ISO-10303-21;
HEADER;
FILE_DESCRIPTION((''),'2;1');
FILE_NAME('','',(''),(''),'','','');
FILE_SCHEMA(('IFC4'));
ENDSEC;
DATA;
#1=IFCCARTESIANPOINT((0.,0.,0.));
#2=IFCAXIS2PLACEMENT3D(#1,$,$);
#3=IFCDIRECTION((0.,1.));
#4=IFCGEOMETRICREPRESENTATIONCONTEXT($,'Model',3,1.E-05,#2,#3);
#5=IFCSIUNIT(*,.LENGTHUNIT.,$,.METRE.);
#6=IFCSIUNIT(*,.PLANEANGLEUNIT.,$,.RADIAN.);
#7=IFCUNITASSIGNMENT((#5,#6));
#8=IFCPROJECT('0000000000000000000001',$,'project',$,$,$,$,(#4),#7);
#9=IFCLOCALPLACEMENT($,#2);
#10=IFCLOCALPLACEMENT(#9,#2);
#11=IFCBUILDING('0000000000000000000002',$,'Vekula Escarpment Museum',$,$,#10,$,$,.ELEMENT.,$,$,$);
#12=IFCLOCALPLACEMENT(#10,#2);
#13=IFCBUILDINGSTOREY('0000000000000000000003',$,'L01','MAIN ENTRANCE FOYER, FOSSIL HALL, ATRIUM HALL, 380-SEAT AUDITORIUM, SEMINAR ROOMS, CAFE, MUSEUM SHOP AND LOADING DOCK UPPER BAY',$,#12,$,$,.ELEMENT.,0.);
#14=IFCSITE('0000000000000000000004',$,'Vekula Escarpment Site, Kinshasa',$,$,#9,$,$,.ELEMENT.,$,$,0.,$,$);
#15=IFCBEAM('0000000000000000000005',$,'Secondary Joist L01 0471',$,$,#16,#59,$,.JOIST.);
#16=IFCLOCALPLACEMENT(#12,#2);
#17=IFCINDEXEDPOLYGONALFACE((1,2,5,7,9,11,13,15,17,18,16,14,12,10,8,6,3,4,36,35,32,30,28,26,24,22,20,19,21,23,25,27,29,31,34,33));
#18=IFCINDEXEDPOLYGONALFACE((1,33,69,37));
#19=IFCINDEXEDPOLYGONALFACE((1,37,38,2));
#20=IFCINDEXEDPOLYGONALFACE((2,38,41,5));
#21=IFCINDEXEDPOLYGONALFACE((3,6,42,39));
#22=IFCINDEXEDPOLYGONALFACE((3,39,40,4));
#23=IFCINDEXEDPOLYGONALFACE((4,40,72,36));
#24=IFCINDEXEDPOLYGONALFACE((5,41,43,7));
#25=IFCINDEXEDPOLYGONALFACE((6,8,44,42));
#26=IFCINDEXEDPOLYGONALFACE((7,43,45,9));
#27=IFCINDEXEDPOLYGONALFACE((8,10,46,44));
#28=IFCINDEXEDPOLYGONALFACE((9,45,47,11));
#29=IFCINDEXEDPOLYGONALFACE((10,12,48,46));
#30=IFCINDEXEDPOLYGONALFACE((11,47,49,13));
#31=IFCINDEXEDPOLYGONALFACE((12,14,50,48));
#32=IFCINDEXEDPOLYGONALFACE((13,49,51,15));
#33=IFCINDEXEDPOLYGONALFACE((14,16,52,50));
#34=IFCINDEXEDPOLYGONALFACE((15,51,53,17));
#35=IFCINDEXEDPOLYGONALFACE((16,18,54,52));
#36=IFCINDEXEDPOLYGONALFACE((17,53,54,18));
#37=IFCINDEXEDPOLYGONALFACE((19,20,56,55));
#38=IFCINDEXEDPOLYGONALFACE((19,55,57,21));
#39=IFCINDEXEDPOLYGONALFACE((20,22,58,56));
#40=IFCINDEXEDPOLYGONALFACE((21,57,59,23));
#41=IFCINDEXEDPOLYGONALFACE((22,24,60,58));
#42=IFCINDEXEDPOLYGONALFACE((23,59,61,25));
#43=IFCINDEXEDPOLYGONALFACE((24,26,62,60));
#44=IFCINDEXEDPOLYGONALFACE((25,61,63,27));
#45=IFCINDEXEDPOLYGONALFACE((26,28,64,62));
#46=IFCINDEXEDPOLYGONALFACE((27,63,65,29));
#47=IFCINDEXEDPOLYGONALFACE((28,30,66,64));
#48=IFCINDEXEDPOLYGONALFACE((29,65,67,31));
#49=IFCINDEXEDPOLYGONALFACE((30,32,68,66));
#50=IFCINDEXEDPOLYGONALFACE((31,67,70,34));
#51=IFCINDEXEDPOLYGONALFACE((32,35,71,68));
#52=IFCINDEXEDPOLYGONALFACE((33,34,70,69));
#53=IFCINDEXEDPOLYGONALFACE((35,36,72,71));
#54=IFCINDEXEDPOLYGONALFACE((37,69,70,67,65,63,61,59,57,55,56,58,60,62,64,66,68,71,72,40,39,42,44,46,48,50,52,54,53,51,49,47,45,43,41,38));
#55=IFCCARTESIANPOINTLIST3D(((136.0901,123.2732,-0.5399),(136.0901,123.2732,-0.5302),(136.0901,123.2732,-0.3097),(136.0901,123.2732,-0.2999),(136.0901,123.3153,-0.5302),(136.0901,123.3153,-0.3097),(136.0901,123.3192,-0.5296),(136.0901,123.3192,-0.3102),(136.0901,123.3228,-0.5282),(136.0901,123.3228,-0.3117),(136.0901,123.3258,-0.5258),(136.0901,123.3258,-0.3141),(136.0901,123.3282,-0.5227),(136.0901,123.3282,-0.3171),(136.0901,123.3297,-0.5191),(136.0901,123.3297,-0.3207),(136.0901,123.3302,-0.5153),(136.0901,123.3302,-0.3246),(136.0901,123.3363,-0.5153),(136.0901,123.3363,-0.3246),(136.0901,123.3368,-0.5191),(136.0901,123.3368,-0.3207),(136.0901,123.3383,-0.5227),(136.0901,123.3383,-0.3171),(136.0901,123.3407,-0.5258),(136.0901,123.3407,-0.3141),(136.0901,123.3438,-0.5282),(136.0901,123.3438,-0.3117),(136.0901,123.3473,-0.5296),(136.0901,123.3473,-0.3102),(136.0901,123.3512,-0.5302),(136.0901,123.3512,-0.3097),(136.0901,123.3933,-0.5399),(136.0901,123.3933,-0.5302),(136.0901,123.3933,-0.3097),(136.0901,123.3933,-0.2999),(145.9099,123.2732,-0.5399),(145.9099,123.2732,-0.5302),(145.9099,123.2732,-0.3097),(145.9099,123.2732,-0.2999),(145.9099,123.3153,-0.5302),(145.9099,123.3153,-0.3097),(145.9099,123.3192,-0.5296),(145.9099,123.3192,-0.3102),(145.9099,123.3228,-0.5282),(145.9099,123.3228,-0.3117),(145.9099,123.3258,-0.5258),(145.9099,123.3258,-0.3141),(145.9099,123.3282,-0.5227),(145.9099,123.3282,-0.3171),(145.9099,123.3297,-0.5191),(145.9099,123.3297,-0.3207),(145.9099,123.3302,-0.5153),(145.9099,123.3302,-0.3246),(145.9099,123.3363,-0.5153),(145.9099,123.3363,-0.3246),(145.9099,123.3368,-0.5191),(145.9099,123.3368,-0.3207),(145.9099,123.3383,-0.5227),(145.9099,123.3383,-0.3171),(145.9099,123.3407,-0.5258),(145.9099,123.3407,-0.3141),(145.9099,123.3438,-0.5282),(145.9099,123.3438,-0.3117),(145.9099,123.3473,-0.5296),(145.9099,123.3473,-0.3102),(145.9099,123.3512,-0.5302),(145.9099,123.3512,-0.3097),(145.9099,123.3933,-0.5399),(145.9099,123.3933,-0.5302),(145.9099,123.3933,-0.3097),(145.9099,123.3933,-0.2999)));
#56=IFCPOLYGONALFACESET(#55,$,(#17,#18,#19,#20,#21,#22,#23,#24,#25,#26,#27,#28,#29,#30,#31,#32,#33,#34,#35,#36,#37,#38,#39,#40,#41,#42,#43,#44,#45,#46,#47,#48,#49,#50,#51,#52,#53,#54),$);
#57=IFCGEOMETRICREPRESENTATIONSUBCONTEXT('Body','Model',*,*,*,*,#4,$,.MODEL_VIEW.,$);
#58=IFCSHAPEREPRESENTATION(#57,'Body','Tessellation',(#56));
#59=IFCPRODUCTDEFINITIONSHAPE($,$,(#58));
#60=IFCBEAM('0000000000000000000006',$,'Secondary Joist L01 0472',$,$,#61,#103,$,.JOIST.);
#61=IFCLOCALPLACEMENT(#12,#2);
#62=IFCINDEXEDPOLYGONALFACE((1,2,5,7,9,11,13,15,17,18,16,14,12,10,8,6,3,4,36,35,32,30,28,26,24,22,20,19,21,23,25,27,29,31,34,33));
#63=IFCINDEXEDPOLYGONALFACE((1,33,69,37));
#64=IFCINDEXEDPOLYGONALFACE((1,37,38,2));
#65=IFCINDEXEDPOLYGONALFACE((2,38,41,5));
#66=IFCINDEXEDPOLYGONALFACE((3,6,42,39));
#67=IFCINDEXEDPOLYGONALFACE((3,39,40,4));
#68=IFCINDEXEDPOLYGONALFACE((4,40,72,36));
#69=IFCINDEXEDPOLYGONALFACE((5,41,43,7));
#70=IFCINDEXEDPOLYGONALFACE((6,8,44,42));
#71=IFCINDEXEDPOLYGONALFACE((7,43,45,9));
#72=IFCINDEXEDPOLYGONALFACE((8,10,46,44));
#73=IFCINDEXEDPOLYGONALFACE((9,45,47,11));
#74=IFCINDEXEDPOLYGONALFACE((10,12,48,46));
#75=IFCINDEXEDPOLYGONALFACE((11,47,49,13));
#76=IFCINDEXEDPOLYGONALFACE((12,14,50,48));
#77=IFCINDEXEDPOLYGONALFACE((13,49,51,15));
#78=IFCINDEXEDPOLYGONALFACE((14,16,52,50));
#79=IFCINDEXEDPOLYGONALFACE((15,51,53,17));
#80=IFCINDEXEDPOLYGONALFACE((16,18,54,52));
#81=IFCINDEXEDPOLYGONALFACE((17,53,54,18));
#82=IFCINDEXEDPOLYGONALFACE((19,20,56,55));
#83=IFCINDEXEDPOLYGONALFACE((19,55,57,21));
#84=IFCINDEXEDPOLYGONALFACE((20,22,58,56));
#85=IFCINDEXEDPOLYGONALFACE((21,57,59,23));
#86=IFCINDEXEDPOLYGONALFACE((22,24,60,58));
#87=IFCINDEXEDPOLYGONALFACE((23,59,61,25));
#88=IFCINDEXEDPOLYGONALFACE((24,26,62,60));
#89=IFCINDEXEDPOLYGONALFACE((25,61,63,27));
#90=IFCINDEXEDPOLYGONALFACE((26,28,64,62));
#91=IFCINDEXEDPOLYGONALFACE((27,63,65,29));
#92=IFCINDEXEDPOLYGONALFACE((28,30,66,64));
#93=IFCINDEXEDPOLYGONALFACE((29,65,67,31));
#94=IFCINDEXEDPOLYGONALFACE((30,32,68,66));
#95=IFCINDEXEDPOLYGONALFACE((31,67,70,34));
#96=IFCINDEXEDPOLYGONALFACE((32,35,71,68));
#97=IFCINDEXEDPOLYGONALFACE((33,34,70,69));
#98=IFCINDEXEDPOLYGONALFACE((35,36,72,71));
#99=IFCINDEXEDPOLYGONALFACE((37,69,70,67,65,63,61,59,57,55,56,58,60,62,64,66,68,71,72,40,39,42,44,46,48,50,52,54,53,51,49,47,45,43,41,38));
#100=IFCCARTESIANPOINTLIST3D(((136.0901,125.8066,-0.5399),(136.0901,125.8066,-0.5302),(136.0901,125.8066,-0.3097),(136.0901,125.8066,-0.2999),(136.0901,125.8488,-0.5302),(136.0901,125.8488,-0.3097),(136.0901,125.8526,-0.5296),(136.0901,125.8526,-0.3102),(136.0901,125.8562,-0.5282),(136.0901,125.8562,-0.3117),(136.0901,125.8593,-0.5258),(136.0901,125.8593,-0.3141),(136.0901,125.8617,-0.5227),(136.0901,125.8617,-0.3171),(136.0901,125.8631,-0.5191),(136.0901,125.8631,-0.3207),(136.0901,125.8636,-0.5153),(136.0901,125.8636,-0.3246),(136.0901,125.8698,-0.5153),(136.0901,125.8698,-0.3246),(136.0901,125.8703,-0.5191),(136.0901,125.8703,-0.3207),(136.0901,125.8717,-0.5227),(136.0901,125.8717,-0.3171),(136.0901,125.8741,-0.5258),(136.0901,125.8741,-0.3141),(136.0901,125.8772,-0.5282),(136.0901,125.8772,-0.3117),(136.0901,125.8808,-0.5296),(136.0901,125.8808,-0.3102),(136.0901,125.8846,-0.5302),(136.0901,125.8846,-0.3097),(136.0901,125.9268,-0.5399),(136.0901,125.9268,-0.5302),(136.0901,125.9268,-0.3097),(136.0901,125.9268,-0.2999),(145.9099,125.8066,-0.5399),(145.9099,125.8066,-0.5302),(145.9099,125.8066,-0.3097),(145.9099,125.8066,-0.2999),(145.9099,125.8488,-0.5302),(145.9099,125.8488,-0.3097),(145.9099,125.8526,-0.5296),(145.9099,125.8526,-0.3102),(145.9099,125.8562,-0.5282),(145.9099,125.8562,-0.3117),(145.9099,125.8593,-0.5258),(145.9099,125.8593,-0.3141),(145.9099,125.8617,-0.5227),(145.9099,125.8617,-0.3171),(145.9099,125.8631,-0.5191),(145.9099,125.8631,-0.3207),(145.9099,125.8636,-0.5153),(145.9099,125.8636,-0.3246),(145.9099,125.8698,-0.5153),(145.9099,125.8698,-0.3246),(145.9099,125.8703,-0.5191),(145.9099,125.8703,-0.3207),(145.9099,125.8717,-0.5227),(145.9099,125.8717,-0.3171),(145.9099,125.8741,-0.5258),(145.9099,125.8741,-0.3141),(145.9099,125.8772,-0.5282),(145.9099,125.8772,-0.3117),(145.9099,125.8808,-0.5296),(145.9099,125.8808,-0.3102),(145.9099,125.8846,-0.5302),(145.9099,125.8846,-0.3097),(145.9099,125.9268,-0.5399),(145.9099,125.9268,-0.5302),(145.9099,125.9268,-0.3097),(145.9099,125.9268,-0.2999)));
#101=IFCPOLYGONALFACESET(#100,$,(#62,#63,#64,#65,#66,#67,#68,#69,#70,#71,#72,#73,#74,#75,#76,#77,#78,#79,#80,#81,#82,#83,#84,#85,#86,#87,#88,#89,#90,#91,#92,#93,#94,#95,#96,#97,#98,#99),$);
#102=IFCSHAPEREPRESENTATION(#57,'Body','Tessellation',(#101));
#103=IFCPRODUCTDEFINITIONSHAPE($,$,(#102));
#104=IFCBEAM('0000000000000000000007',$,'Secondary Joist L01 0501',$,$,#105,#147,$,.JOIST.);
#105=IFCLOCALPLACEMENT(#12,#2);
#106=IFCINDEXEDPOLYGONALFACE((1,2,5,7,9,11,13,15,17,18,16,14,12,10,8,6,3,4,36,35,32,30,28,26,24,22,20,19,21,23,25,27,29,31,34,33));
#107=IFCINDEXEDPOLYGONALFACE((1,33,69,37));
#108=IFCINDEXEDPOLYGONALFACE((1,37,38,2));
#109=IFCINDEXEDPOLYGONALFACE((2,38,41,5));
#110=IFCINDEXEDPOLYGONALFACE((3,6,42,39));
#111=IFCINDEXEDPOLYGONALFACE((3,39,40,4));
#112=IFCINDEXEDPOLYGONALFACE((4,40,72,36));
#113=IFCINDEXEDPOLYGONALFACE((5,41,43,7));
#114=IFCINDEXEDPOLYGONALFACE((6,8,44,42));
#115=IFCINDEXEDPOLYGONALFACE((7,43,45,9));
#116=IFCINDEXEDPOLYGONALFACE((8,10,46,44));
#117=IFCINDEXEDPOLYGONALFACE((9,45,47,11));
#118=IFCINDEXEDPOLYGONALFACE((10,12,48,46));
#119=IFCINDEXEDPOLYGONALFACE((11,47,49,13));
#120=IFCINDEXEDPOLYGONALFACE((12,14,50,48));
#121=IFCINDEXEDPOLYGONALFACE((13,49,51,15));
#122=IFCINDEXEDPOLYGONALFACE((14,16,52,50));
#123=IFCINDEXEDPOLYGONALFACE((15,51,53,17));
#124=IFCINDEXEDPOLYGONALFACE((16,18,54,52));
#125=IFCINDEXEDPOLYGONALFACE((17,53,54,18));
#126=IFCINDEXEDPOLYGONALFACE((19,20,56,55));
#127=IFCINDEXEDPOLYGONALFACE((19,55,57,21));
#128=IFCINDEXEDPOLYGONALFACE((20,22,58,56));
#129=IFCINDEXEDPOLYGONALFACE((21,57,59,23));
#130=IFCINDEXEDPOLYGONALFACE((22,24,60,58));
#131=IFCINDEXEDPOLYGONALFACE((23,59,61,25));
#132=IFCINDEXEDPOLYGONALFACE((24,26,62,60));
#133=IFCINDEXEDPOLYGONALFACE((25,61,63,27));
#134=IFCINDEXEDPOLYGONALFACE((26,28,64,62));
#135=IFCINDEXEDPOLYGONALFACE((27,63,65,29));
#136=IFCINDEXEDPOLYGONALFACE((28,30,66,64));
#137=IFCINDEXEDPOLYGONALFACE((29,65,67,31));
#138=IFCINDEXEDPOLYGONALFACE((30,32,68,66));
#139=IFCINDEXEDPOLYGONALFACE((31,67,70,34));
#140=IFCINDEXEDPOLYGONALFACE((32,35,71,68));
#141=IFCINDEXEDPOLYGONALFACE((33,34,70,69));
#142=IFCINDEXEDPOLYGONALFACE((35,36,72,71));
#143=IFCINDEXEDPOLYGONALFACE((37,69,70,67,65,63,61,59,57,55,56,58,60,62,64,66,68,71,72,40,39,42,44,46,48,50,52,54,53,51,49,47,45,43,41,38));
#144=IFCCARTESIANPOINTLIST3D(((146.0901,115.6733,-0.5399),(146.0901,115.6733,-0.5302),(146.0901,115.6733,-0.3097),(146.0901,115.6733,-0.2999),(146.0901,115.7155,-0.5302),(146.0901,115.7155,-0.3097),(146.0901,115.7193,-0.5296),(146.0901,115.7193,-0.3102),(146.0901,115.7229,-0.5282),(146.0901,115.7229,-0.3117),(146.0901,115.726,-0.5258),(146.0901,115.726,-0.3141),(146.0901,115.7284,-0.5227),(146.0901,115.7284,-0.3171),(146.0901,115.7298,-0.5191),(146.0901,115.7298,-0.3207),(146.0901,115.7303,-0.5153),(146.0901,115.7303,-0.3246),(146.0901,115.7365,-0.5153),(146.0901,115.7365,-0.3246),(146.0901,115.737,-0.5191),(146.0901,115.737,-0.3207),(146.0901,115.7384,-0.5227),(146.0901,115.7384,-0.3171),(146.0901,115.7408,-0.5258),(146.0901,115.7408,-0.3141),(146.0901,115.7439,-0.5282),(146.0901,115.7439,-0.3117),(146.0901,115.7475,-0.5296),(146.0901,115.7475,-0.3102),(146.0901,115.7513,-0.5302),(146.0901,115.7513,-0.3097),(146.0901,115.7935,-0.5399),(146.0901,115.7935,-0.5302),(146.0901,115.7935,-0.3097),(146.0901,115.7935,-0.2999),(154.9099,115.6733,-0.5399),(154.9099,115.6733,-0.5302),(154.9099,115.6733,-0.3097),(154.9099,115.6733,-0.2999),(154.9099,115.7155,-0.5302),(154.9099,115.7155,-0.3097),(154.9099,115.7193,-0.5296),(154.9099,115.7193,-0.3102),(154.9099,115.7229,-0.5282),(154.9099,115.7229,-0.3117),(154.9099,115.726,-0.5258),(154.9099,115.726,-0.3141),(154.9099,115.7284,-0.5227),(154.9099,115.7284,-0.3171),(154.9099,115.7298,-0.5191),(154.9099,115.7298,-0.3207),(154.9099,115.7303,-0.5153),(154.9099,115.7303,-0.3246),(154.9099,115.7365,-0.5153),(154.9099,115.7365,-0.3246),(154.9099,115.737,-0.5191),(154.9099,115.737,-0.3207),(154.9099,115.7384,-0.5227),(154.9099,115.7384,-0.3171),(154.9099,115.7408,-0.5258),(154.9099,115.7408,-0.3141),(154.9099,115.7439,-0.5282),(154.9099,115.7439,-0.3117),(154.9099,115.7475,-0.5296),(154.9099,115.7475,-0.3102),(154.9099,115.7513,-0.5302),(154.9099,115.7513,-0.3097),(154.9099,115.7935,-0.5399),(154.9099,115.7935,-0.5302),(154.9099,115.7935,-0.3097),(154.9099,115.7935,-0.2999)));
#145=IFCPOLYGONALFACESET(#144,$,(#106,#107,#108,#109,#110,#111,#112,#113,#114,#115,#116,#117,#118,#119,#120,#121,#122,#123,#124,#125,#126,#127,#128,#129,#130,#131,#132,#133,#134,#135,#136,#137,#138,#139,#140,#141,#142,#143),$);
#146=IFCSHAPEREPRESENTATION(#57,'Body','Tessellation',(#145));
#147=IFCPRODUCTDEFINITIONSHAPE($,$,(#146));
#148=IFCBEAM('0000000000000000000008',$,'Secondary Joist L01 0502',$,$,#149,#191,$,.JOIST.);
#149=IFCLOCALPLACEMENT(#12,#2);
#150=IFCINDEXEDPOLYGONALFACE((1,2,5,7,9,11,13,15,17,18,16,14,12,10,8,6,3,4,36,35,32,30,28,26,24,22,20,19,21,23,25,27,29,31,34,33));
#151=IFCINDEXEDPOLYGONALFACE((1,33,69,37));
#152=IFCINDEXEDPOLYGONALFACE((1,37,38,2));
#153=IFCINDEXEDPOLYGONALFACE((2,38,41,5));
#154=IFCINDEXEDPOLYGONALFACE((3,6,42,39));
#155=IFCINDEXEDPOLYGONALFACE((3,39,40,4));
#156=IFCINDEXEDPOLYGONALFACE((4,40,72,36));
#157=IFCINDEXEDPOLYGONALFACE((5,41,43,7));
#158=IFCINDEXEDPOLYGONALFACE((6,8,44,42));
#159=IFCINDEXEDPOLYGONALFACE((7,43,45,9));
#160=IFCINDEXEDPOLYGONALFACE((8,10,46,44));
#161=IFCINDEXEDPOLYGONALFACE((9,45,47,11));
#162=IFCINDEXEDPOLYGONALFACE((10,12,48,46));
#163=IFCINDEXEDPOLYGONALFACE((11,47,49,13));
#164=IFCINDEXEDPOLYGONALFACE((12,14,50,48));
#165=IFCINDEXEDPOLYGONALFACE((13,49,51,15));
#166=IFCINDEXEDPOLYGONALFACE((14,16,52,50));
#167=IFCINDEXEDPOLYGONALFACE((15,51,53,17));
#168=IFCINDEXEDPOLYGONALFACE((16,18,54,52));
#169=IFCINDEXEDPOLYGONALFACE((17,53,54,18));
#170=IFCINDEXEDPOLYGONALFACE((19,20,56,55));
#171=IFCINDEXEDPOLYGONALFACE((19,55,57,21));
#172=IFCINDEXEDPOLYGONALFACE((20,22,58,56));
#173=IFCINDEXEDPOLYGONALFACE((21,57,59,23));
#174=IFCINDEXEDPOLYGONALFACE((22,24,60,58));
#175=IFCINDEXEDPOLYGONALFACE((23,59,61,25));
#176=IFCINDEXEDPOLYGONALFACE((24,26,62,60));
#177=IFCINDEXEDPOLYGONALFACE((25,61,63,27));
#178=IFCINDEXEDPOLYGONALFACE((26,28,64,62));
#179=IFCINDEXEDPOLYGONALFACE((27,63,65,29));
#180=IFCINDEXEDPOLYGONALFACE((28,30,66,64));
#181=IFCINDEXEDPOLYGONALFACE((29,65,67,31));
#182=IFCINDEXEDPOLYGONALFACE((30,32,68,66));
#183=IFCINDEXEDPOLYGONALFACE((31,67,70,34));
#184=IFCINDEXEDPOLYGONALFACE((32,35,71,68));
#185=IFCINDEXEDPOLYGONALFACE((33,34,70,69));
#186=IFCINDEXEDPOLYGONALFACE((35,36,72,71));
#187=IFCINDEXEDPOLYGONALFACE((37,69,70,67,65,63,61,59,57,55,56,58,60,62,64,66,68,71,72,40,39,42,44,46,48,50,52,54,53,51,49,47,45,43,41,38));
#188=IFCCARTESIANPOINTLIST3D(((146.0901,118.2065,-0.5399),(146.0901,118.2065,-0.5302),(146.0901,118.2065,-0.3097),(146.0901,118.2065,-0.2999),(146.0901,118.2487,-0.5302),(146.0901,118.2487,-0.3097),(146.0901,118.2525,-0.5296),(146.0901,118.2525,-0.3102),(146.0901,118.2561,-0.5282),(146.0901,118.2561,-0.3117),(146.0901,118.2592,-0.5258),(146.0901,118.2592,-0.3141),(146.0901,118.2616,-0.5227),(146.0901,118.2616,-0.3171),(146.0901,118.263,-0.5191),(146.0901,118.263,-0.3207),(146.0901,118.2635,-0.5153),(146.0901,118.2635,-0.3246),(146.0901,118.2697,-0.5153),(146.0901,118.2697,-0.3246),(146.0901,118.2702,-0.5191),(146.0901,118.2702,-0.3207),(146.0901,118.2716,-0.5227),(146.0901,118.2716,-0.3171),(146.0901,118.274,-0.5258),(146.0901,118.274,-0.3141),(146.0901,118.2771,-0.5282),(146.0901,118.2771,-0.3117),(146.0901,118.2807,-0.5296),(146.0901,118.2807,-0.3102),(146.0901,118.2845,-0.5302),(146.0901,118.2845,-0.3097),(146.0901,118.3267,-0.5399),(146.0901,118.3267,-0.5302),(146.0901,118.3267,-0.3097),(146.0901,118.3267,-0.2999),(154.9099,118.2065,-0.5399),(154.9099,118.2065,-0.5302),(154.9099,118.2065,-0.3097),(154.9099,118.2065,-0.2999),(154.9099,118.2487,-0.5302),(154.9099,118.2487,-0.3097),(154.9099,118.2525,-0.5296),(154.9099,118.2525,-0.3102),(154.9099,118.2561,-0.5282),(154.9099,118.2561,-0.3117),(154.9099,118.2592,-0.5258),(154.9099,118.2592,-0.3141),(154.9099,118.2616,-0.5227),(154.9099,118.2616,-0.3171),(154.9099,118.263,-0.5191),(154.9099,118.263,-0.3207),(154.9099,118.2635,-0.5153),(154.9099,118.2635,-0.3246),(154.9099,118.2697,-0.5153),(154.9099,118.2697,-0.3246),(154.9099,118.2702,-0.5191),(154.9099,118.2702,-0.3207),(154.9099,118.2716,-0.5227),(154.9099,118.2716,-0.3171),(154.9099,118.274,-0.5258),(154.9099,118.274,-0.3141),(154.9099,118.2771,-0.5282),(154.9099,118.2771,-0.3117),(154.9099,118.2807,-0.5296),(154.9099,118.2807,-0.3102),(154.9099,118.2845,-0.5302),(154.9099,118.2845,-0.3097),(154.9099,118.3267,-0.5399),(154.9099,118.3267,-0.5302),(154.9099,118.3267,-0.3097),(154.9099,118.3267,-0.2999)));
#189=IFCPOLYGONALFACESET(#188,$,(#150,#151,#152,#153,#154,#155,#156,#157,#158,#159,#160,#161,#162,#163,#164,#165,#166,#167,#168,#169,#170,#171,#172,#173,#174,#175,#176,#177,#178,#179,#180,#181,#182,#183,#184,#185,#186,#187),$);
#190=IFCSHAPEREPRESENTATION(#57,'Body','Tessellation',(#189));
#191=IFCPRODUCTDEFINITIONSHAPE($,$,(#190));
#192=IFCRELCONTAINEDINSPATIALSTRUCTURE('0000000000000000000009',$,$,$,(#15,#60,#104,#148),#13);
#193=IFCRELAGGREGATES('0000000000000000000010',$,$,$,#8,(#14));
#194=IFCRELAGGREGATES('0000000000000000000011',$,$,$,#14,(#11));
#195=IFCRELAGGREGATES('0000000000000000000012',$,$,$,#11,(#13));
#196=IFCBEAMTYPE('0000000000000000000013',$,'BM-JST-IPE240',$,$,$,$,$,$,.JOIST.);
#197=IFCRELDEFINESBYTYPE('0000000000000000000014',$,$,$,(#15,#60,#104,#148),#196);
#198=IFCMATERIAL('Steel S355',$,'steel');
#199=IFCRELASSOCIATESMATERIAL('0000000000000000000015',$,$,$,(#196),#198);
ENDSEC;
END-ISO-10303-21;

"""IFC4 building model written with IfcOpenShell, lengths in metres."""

from ifc_helpers import new_model, si_unit, direction, frame, origin, origin_2d, place, context, subcontext, project, spatial, i_section, extrude, material, material_profile, profile_set, type_object, element, save


model = new_model("IFC4")

# Units and contexts
model_context = context("Model", 3, precision=1e-05, world=origin(), true_north=direction((0.0, 1.0)))
body_context = subcontext(model_context, "Body", "Model", "MODEL_VIEW")
ifc_project = project(units=[si_unit("LENGTHUNIT", "METRE"), si_unit("PLANEANGLEUNIT", "RADIAN")], contexts=[model_context])

# Site, building, storey
site_placement = place(None, origin())
site = spatial("IfcSite", under=ifc_project, at=site_placement, Name="Vekula Escarpment Site, Kinshasa", CompositionType="ELEMENT", RefElevation=0.0)
building_placement = place(site_placement, origin())
building = spatial("IfcBuilding", under=site, at=building_placement, Name="Vekula Escarpment Museum", CompositionType="ELEMENT")
storey_placement = place(building_placement, origin())
storey = spatial("IfcBuildingStorey", under=building, at=storey_placement, Name="L01", Description="MAIN ENTRANCE FOYER, FOSSIL HALL, ATRIUM HALL, 380-SEAT AUDITORIUM, SEMINAR ROOMS, CAFE, MUSEUM SHOP AND LOADING DOCK UPPER BAY", CompositionType="ELEMENT", Elevation=0.0)

# Beams
ifc_material_1 = material(Name="Steel S355", Category="steel")
ifc_material_profile_1 = material_profile(ifc_material_1, i_section(OverallWidth=0.1201, OverallDepth=0.24, WebThickness=0.0061, FlangeThickness=0.0098, FilletRadius=0.0149, at=origin_2d()), Name="IPE 240")
ifc_profile_set_1 = profile_set([ifc_material_profile_1], Name="Steel S355")
beam_type_1 = type_object("IfcBeamType", Name="BM-JST-IPE240", PredefinedType="JOIST", material=ifc_profile_set_1)
for number, where, z_axis, x_axis, name in (
    (1, (136.0901, 123.3333, -0.4199), (1.0, 0.0, 0.0), (0.0, 1.0, 0.0), "Secondary Joist L01 0471"),
    (2, (136.0901, 125.8667, -0.4199), (1.0, 0.0, 0.0), (0.0, 1.0, 0.0), "Secondary Joist L01 0472"),
):
    element("IfcBeam", number, at=place(storey_placement, frame(where, z_axis=z_axis, x_axis=x_axis)), inside=storey, type_object=beam_type_1, Name=name, PredefinedType="JOIST", context=body_context, shape_type="SweptSolid", body=[
        extrude(i_section(OverallWidth=0.1201, OverallDepth=0.24, WebThickness=0.0061, FlangeThickness=0.0098, FilletRadius=0.0149, at=origin_2d()), origin(), (0.0, 0.0, 1.0), 9.8198),
    ])
for number, where, z_axis, x_axis, name in (
    (3, (146.0901, 115.7334, -0.4199), (1.0, 0.0, 0.0), (0.0, 1.0, 0.0), "Secondary Joist L01 0501"),
    (4, (146.0901, 118.2666, -0.4199), (1.0, 0.0, 0.0), (0.0, 1.0, 0.0), "Secondary Joist L01 0502"),
):
    element("IfcBeam", number, at=place(storey_placement, frame(where, z_axis=z_axis, x_axis=x_axis)), inside=storey, type_object=beam_type_1, Name=name, PredefinedType="JOIST", context=body_context, shape_type="SweptSolid", body=[
        extrude(i_section(OverallWidth=0.1201, OverallDepth=0.24, WebThickness=0.0061, FlangeThickness=0.0098, FilletRadius=0.0149, at=origin_2d()), origin(), (0.0, 0.0, 1.0), 8.8198),
    ])

save(model, "model.ifc")
